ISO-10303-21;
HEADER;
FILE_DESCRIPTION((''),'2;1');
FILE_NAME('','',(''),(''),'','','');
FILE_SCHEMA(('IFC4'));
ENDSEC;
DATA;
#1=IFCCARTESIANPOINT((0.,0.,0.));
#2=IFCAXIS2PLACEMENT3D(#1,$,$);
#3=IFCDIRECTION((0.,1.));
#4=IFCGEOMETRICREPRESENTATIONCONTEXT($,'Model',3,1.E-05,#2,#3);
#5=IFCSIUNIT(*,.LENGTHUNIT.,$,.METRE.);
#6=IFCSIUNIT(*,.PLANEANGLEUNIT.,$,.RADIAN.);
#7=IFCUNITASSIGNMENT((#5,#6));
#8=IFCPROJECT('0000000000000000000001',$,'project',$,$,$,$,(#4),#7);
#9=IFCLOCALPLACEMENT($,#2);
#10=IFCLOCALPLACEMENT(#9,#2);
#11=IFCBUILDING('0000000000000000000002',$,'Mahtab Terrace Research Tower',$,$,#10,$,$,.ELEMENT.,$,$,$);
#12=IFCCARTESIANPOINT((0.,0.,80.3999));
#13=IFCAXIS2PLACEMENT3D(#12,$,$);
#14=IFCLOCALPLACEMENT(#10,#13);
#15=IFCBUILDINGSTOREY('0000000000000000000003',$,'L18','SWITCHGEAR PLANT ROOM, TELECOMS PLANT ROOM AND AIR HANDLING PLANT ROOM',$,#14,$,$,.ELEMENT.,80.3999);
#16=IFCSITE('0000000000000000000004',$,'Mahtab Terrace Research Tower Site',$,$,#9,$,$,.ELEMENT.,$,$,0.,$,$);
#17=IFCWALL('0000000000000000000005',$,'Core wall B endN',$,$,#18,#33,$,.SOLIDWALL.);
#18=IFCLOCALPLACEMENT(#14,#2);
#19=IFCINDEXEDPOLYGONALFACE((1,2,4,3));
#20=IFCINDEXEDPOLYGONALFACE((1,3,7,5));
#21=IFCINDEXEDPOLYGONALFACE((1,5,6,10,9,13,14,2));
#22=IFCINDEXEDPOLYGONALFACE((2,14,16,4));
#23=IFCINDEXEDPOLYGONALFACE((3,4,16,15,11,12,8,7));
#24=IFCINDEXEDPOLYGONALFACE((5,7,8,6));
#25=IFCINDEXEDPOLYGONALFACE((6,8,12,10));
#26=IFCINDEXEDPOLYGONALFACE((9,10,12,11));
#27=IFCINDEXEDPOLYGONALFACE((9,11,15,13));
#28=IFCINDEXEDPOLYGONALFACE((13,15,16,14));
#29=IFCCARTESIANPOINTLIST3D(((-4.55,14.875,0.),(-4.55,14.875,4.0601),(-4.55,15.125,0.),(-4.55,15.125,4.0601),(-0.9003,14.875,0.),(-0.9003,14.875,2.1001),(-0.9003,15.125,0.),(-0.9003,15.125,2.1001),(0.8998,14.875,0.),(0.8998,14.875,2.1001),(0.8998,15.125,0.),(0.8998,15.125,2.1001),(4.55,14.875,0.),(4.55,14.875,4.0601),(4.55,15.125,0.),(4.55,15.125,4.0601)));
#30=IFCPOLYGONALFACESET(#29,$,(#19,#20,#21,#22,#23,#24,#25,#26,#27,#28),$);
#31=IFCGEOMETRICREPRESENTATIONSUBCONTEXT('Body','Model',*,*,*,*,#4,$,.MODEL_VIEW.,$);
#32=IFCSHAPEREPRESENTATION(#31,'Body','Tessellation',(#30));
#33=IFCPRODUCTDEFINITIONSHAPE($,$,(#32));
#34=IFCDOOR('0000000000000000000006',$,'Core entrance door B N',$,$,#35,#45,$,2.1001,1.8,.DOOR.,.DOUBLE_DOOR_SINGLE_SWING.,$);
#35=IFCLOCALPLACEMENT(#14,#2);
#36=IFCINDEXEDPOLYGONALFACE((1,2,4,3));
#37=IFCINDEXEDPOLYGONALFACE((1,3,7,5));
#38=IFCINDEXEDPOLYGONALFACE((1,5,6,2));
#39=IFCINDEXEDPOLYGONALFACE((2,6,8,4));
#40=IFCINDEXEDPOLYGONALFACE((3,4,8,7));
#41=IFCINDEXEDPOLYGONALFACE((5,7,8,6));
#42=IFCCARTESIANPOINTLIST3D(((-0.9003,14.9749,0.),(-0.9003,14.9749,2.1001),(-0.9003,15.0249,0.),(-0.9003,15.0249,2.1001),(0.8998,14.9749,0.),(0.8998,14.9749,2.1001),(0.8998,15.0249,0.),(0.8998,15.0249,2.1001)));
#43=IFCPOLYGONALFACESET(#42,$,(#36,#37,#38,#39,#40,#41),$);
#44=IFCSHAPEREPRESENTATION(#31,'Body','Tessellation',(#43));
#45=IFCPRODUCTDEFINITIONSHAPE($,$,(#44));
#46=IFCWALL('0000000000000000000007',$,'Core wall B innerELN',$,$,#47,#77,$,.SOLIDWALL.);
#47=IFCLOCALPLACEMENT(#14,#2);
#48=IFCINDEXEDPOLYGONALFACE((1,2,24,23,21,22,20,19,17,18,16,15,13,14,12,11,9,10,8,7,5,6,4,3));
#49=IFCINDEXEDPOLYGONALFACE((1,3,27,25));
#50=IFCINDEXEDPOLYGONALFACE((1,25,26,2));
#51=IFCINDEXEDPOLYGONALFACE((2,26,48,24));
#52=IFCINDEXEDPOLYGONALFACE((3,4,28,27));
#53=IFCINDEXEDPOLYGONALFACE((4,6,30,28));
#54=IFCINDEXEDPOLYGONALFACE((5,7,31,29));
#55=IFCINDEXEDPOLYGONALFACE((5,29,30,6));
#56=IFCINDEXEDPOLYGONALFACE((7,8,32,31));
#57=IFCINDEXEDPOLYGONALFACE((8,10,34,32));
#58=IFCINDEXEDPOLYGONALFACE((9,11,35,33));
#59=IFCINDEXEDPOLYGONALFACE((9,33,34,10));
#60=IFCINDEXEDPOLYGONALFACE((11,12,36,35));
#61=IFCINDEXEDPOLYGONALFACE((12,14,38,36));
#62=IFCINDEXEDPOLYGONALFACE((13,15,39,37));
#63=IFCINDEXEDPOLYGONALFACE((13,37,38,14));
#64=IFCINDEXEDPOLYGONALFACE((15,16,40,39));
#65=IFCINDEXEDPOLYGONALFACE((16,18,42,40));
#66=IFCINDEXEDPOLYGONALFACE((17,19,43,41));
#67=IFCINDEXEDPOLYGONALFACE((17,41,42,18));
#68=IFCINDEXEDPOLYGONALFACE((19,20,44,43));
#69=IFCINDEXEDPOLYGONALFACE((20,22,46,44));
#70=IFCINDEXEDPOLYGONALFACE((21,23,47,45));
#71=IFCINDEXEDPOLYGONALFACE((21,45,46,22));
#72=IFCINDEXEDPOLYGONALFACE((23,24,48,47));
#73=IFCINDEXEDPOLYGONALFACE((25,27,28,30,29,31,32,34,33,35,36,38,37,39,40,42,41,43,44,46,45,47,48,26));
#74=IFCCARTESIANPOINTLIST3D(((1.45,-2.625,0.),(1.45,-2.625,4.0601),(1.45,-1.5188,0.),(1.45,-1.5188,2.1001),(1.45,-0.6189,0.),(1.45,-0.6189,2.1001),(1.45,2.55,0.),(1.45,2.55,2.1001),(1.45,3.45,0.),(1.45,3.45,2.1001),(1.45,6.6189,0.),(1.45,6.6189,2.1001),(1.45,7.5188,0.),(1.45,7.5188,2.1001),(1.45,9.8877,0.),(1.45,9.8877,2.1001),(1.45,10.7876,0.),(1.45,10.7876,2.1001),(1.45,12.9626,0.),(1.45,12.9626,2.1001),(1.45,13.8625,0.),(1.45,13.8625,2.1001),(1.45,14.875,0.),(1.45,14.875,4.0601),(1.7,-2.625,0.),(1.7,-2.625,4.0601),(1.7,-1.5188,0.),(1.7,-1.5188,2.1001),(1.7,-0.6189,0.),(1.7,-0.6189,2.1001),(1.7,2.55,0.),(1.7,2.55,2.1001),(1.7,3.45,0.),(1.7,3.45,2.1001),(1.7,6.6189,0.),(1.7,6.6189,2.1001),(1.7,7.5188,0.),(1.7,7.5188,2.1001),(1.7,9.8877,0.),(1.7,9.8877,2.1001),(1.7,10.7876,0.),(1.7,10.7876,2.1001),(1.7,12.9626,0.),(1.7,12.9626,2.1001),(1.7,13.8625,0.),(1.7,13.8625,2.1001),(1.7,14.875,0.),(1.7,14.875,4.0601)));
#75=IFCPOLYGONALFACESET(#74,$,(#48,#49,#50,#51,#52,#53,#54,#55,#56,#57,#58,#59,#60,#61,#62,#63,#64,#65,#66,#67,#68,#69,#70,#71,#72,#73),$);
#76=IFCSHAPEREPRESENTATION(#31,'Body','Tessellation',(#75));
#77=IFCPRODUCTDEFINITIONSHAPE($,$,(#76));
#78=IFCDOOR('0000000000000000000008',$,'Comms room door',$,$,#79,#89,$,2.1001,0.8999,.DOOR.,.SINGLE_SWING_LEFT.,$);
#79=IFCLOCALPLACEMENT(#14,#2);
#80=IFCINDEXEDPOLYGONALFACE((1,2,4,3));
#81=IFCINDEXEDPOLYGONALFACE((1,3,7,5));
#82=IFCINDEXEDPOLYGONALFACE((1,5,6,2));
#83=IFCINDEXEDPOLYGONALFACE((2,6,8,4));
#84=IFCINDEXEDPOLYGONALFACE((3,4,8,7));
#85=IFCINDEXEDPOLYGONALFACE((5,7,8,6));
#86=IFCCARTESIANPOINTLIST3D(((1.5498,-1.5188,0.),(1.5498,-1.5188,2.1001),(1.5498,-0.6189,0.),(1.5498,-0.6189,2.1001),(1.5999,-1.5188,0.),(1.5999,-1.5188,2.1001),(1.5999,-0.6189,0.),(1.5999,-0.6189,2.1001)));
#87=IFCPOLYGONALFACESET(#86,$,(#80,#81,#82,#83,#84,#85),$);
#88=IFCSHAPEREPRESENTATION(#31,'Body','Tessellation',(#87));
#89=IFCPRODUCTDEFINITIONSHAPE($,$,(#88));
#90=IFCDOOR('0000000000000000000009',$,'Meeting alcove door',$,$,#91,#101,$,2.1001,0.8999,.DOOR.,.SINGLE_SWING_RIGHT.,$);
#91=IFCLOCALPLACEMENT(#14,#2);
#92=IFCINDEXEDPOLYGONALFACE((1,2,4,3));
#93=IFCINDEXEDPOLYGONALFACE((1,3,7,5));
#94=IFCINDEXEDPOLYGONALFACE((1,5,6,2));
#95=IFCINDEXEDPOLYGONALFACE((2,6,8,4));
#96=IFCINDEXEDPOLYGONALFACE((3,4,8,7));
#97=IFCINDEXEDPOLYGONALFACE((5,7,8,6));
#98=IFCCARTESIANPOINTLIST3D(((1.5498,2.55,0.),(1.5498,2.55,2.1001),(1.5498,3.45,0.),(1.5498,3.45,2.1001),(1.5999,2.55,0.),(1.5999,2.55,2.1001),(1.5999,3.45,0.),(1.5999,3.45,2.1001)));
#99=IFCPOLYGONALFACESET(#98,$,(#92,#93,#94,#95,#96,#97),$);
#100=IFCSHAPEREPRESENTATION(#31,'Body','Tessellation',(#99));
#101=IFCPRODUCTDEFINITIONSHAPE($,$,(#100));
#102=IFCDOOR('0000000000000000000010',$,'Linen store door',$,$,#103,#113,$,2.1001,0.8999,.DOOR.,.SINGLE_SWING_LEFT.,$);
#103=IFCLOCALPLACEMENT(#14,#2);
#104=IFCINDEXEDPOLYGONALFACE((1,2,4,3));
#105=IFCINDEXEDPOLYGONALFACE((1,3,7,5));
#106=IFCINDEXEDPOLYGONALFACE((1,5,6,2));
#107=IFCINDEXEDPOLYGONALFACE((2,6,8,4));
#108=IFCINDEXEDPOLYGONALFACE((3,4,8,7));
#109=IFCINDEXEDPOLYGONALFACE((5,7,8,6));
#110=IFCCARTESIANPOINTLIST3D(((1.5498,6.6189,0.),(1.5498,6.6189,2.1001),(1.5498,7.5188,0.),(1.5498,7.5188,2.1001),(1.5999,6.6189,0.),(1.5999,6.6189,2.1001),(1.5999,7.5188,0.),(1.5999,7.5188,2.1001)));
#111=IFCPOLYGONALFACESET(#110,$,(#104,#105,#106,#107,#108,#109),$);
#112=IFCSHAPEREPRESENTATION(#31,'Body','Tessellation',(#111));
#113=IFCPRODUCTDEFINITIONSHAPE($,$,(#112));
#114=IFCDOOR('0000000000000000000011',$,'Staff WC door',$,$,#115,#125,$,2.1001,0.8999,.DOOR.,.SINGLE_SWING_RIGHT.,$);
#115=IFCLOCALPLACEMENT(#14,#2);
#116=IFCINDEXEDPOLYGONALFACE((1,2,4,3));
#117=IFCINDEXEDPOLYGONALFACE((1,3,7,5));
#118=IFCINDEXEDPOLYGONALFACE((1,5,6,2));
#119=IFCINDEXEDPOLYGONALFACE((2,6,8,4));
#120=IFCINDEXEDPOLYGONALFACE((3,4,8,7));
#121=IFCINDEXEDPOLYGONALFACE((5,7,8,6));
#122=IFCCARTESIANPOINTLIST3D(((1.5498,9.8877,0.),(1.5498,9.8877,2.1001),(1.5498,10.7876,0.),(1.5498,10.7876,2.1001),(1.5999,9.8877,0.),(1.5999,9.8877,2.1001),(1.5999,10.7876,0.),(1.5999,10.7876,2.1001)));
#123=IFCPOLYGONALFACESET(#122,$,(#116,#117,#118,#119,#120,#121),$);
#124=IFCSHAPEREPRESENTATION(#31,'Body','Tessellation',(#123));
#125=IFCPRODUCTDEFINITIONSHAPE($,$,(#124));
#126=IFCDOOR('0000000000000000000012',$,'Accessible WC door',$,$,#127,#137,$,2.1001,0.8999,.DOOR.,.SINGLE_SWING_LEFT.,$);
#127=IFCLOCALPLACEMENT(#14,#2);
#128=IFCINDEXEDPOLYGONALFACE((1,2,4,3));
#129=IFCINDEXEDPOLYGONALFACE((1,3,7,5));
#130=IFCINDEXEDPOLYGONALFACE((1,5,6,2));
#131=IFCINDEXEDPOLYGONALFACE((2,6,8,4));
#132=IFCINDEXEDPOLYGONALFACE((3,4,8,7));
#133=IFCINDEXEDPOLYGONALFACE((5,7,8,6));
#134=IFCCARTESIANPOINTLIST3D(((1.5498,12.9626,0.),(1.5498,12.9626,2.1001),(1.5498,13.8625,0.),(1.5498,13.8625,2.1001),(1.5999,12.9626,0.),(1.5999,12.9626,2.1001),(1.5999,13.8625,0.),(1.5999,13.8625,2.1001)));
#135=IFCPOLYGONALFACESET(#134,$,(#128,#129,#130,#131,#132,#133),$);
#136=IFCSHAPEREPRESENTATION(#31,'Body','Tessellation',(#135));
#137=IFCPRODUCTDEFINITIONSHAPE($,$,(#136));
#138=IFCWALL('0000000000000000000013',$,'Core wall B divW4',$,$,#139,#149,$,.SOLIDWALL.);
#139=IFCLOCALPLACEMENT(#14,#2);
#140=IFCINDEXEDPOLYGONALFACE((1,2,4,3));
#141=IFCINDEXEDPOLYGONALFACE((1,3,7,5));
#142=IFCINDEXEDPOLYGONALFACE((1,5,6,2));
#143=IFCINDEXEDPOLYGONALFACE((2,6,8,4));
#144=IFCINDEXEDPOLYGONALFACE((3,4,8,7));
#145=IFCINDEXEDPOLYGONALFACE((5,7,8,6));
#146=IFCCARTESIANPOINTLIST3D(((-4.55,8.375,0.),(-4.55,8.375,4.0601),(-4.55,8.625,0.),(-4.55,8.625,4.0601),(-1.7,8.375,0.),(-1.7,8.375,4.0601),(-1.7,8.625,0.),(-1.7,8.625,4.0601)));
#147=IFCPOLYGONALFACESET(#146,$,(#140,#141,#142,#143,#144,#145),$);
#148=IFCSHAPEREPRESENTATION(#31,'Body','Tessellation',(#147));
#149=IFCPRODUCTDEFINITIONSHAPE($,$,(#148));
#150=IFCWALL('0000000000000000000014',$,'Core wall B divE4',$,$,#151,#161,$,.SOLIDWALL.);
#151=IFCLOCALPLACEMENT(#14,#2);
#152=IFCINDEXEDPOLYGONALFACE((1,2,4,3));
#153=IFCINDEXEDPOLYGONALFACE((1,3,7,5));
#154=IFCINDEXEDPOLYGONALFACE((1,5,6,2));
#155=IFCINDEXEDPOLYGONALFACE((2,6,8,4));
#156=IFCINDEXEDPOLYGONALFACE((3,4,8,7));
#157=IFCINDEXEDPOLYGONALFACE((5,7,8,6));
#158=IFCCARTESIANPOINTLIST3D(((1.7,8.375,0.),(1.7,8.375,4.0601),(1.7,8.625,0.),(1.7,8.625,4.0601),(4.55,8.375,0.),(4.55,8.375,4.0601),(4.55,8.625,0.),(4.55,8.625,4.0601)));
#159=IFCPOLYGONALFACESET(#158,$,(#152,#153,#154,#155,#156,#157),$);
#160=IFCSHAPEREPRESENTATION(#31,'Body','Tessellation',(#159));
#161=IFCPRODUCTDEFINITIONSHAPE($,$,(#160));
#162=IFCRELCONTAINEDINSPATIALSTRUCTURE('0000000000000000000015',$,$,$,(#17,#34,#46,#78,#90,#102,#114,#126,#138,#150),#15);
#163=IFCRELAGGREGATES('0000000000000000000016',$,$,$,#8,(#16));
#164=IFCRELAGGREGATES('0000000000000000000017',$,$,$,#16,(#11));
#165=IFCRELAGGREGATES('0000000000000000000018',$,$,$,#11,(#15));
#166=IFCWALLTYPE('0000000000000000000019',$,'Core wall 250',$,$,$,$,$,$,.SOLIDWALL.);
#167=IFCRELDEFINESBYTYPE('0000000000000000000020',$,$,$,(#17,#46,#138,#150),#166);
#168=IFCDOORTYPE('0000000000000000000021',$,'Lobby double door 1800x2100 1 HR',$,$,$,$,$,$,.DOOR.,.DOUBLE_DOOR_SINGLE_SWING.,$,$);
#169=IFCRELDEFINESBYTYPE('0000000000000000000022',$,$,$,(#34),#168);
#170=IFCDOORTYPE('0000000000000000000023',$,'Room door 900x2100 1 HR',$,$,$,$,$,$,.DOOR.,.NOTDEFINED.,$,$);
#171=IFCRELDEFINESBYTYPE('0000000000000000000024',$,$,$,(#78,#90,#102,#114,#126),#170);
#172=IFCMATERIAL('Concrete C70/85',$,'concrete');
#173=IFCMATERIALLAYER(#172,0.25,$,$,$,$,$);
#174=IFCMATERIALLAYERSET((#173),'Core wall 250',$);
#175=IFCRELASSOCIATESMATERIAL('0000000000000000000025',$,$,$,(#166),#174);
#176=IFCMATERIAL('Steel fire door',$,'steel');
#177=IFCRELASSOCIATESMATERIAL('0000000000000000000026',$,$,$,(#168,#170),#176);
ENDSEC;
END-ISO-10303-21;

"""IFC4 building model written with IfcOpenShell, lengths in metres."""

from ifc_helpers import new_model, si_unit, direction, frame, frame_2d, origin, place, context, subcontext, project, spatial, rectangle, extrude, material, layer, layer_set, type_object, element, fill, save


model = new_model("IFC4")

# Units and contexts
model_context = context("Model", 3, precision=1e-05, world=origin(), true_north=direction((0.0, 1.0)))
body_context = subcontext(model_context, "Body", "Model", "MODEL_VIEW")
ifc_project = project(units=[si_unit("LENGTHUNIT", "METRE"), si_unit("PLANEANGLEUNIT", "RADIAN")], contexts=[model_context])

# Site, building, storey
site_placement = place(None, origin())
site = spatial("IfcSite", under=ifc_project, at=site_placement, Name="Mahtab Terrace Research Tower Site", CompositionType="ELEMENT", RefElevation=0.0)
building_placement = place(site_placement, origin())
building = spatial("IfcBuilding", under=site, at=building_placement, Name="Mahtab Terrace Research Tower", CompositionType="ELEMENT")
storey_placement = place(building_placement, frame((0.0, 0.0, 80.3999)))
storey = spatial("IfcBuildingStorey", under=building, at=storey_placement, Name="L18", Description="SWITCHGEAR PLANT ROOM, TELECOMS PLANT ROOM AND AIR HANDLING PLANT ROOM", CompositionType="ELEMENT", Elevation=80.3999)

# Shared definitions
ifc_material_1 = material(Name="Concrete C70/85", Category="concrete")

# Shared definitions
ifc_layer_1 = layer(ifc_material_1, 0.25)
ifc_layer_set_1 = layer_set([ifc_layer_1], Name="Core wall 250")
wall_type_1 = type_object("IfcWallType", Name="Core wall 250", PredefinedType="SOLIDWALL", material=ifc_layer_set_1)

# Wall, opening, door
wall_1_placement = place(storey_placement, frame((-4.55, 15.0, 0.0), z_axis=(0.0, 0.0, 1.0), x_axis=(1.0, 0.0, 0.0)))
wall_1 = element("IfcWall", 1, at=wall_1_placement, inside=storey, type_object=wall_type_1, Name="Core wall B endN", PredefinedType="SOLIDWALL", context=body_context, shape_type="SweptSolid", body=[
    extrude(rectangle(XDim=9.1001, YDim=0.25, at=frame_2d((4.55, 0.0))), origin(), (0.0, 0.0, 1.0), 4.0601),
])
opening_1_placement = place(wall_1_placement, frame((3.6499, 0.0, 0.0)))
opening_1 = element("IfcOpeningElement", 2, at=opening_1_placement, cuts=wall_1, PredefinedType="OPENING", context=body_context, shape_type="SweptSolid", body=[
    extrude(rectangle(XDim=1.8, YDim=2.1001, at=frame_2d((0.8999, 1.05))), frame((0.0, 0.135, 0.0), z_axis=(0.0, -1.0, 0.0), x_axis=(1.0, 0.0, 0.0)), (0.0, 0.0, 1.0), 0.27),
])
ifc_material_2 = material(Name="Steel fire door", Category="steel")
door_type_1 = type_object("IfcDoorType", Name="Lobby double door 1800x2100 1 HR", OperationType="DOUBLE_DOOR_SINGLE_SWING", PredefinedType="DOOR", material=ifc_material_2)
door_1_placement = place(opening_1_placement, origin())
door_1 = element("IfcDoor", 3, at=door_1_placement, inside=storey, type_object=door_type_1, Name="Core entrance door B N", OperationType="DOUBLE_DOOR_SINGLE_SWING", OverallHeight=2.1001, OverallWidth=1.8, PredefinedType="DOOR", context=body_context, shape_type="SweptSolid", body=[
    extrude(rectangle(XDim=1.8, YDim=2.1001, at=frame_2d((0.8999, 1.05))), frame((0.0, 0.0249, 0.0), z_axis=(0.0, -1.0, 0.0), x_axis=(1.0, 0.0, 0.0)), (0.0, 0.0, 1.0), 0.05),
])
fill(opening_1, door_1)

# Wall, openings, doors
wall_2_placement = place(storey_placement, frame((1.575, 14.875, 0.0), z_axis=(0.0, 0.0, 1.0), x_axis=(0.0, -1.0, 0.0)))
wall_2 = element("IfcWall", 4, at=wall_2_placement, inside=storey, type_object=wall_type_1, Name="Core wall B innerELN", PredefinedType="SOLIDWALL", context=body_context, shape_type="SweptSolid", body=[
    extrude(rectangle(XDim=17.5, YDim=0.25, at=frame_2d((8.75, 0.0))), origin(), (0.0, 0.0, 1.0), 4.0601),
])
opening_2_placement = place(wall_2_placement, frame((15.4939, 0.0, 0.0)))
opening_2 = element("IfcOpeningElement", 5, at=opening_2_placement, cuts=wall_2, PredefinedType="OPENING", context=body_context, shape_type="SweptSolid", body=[
    extrude(rectangle(XDim=0.8999, YDim=2.1001, at=frame_2d((0.45, 1.05))), frame((0.0, 0.135, 0.0), z_axis=(0.0, -1.0, 0.0), x_axis=(1.0, 0.0, 0.0)), (0.0, 0.0, 1.0), 0.27),
])
opening_3_placement = place(wall_2_placement, frame((11.425, 0.0, 0.0)))
opening_3 = element("IfcOpeningElement", 6, at=opening_3_placement, cuts=wall_2, PredefinedType="OPENING", context=body_context, shape_type="SweptSolid", body=[
    extrude(rectangle(XDim=0.8999, YDim=2.1001, at=frame_2d((0.45, 1.05))), frame((0.0, 0.135, 0.0), z_axis=(0.0, -1.0, 0.0), x_axis=(1.0, 0.0, 0.0)), (0.0, 0.0, 1.0), 0.27),
])
opening_4_placement = place(wall_2_placement, frame((7.3562, 0.0, 0.0)))
opening_4 = element("IfcOpeningElement", 7, at=opening_4_placement, cuts=wall_2, PredefinedType="OPENING", context=body_context, shape_type="SweptSolid", body=[
    extrude(rectangle(XDim=0.8999, YDim=2.1001, at=frame_2d((0.45, 1.05))), frame((0.0, 0.135, 0.0), z_axis=(0.0, -1.0, 0.0), x_axis=(1.0, 0.0, 0.0)), (0.0, 0.0, 1.0), 0.27),
])
opening_5_placement = place(wall_2_placement, frame((4.0874, 0.0, 0.0)))
opening_5 = element("IfcOpeningElement", 8, at=opening_5_placement, cuts=wall_2, PredefinedType="OPENING", context=body_context, shape_type="SweptSolid", body=[
    extrude(rectangle(XDim=0.8999, YDim=2.1001, at=frame_2d((0.45, 1.05))), frame((0.0, 0.135, 0.0), z_axis=(0.0, -1.0, 0.0), x_axis=(1.0, 0.0, 0.0)), (0.0, 0.0, 1.0), 0.27),
])
opening_6_placement = place(wall_2_placement, frame((1.0125, 0.0, 0.0)))
opening_6 = element("IfcOpeningElement", 9, at=opening_6_placement, cuts=wall_2, PredefinedType="OPENING", context=body_context, shape_type="SweptSolid", body=[
    extrude(rectangle(XDim=0.8999, YDim=2.1001, at=frame_2d((0.45, 1.05))), frame((0.0, 0.135, 0.0), z_axis=(0.0, -1.0, 0.0), x_axis=(1.0, 0.0, 0.0)), (0.0, 0.0, 1.0), 0.27),
])
door_type_2 = type_object("IfcDoorType", Name="Room door 900x2100 1 HR", OperationType="NOTDEFINED", PredefinedType="DOOR", material=ifc_material_2)
door_2_placement = place(opening_2_placement, origin())
door_2 = element("IfcDoor", 10, at=door_2_placement, inside=storey, type_object=door_type_2, Name="Comms room door", OperationType="SINGLE_SWING_LEFT", OverallHeight=2.1001, OverallWidth=0.8999, PredefinedType="DOOR", context=body_context, shape_type="SweptSolid", body=[
    extrude(rectangle(XDim=0.8999, YDim=2.1001, at=frame_2d((0.45, 1.05))), frame((0.0, 0.0249, 0.0), z_axis=(0.0, -1.0, 0.0), x_axis=(1.0, 0.0, 0.0)), (0.0, 0.0, 1.0), 0.05),
])
fill(opening_2, door_2)
door_3_placement = place(opening_3_placement, origin())
door_3 = element("IfcDoor", 11, at=door_3_placement, inside=storey, type_object=door_type_2, Name="Meeting alcove door", OperationType="SINGLE_SWING_RIGHT", OverallHeight=2.1001, OverallWidth=0.8999, PredefinedType="DOOR", context=body_context, shape_type="SweptSolid", body=[
    extrude(rectangle(XDim=0.8999, YDim=2.1001, at=frame_2d((0.45, 1.05))), frame((0.0, 0.0249, 0.0), z_axis=(0.0, -1.0, 0.0), x_axis=(1.0, 0.0, 0.0)), (0.0, 0.0, 1.0), 0.05),
])
fill(opening_3, door_3)
door_4_placement = place(opening_4_placement, origin())
door_4 = element("IfcDoor", 12, at=door_4_placement, inside=storey, type_object=door_type_2, Name="Linen store door", OperationType="SINGLE_SWING_LEFT", OverallHeight=2.1001, OverallWidth=0.8999, PredefinedType="DOOR", context=body_context, shape_type="SweptSolid", body=[
    extrude(rectangle(XDim=0.8999, YDim=2.1001, at=frame_2d((0.45, 1.05))), frame((0.0, 0.0249, 0.0), z_axis=(0.0, -1.0, 0.0), x_axis=(1.0, 0.0, 0.0)), (0.0, 0.0, 1.0), 0.05),
])
fill(opening_4, door_4)
door_5_placement = place(opening_5_placement, origin())
door_5 = element("IfcDoor", 13, at=door_5_placement, inside=storey, type_object=door_type_2, Name="Staff WC door", OperationType="SINGLE_SWING_RIGHT", OverallHeight=2.1001, OverallWidth=0.8999, PredefinedType="DOOR", context=body_context, shape_type="SweptSolid", body=[
    extrude(rectangle(XDim=0.8999, YDim=2.1001, at=frame_2d((0.45, 1.05))), frame((0.0, 0.0249, 0.0), z_axis=(0.0, -1.0, 0.0), x_axis=(1.0, 0.0, 0.0)), (0.0, 0.0, 1.0), 0.05),
])
fill(opening_5, door_5)
door_6_placement = place(opening_6_placement, origin())
door_6 = element("IfcDoor", 14, at=door_6_placement, inside=storey, type_object=door_type_2, Name="Accessible WC door", OperationType="SINGLE_SWING_LEFT", OverallHeight=2.1001, OverallWidth=0.8999, PredefinedType="DOOR", context=body_context, shape_type="SweptSolid", body=[
    extrude(rectangle(XDim=0.8999, YDim=2.1001, at=frame_2d((0.45, 1.05))), frame((0.0, 0.0249, 0.0), z_axis=(0.0, -1.0, 0.0), x_axis=(1.0, 0.0, 0.0)), (0.0, 0.0, 1.0), 0.05),
])
fill(opening_6, door_6)

# Walls
for number, where, z_axis, x_axis, name in (
    (15, (-4.55, 8.5, 0.0), (0.0, 0.0, 1.0), (1.0, 0.0, 0.0), "Core wall B divW4"),
    (16, (1.7, 8.5, 0.0), (0.0, 0.0, 1.0), (1.0, 0.0, 0.0), "Core wall B divE4"),
):
    element("IfcWall", number, at=place(storey_placement, frame(where, z_axis=z_axis, x_axis=x_axis)), inside=storey, type_object=wall_type_1, Name=name, PredefinedType="SOLIDWALL", context=body_context, shape_type="SweptSolid", body=[
        extrude(rectangle(XDim=2.8501, YDim=0.25, at=frame_2d((1.425, 0.0))), origin(), (0.0, 0.0, 1.0), 4.0601),
    ])

save(model, "model.ifc")
